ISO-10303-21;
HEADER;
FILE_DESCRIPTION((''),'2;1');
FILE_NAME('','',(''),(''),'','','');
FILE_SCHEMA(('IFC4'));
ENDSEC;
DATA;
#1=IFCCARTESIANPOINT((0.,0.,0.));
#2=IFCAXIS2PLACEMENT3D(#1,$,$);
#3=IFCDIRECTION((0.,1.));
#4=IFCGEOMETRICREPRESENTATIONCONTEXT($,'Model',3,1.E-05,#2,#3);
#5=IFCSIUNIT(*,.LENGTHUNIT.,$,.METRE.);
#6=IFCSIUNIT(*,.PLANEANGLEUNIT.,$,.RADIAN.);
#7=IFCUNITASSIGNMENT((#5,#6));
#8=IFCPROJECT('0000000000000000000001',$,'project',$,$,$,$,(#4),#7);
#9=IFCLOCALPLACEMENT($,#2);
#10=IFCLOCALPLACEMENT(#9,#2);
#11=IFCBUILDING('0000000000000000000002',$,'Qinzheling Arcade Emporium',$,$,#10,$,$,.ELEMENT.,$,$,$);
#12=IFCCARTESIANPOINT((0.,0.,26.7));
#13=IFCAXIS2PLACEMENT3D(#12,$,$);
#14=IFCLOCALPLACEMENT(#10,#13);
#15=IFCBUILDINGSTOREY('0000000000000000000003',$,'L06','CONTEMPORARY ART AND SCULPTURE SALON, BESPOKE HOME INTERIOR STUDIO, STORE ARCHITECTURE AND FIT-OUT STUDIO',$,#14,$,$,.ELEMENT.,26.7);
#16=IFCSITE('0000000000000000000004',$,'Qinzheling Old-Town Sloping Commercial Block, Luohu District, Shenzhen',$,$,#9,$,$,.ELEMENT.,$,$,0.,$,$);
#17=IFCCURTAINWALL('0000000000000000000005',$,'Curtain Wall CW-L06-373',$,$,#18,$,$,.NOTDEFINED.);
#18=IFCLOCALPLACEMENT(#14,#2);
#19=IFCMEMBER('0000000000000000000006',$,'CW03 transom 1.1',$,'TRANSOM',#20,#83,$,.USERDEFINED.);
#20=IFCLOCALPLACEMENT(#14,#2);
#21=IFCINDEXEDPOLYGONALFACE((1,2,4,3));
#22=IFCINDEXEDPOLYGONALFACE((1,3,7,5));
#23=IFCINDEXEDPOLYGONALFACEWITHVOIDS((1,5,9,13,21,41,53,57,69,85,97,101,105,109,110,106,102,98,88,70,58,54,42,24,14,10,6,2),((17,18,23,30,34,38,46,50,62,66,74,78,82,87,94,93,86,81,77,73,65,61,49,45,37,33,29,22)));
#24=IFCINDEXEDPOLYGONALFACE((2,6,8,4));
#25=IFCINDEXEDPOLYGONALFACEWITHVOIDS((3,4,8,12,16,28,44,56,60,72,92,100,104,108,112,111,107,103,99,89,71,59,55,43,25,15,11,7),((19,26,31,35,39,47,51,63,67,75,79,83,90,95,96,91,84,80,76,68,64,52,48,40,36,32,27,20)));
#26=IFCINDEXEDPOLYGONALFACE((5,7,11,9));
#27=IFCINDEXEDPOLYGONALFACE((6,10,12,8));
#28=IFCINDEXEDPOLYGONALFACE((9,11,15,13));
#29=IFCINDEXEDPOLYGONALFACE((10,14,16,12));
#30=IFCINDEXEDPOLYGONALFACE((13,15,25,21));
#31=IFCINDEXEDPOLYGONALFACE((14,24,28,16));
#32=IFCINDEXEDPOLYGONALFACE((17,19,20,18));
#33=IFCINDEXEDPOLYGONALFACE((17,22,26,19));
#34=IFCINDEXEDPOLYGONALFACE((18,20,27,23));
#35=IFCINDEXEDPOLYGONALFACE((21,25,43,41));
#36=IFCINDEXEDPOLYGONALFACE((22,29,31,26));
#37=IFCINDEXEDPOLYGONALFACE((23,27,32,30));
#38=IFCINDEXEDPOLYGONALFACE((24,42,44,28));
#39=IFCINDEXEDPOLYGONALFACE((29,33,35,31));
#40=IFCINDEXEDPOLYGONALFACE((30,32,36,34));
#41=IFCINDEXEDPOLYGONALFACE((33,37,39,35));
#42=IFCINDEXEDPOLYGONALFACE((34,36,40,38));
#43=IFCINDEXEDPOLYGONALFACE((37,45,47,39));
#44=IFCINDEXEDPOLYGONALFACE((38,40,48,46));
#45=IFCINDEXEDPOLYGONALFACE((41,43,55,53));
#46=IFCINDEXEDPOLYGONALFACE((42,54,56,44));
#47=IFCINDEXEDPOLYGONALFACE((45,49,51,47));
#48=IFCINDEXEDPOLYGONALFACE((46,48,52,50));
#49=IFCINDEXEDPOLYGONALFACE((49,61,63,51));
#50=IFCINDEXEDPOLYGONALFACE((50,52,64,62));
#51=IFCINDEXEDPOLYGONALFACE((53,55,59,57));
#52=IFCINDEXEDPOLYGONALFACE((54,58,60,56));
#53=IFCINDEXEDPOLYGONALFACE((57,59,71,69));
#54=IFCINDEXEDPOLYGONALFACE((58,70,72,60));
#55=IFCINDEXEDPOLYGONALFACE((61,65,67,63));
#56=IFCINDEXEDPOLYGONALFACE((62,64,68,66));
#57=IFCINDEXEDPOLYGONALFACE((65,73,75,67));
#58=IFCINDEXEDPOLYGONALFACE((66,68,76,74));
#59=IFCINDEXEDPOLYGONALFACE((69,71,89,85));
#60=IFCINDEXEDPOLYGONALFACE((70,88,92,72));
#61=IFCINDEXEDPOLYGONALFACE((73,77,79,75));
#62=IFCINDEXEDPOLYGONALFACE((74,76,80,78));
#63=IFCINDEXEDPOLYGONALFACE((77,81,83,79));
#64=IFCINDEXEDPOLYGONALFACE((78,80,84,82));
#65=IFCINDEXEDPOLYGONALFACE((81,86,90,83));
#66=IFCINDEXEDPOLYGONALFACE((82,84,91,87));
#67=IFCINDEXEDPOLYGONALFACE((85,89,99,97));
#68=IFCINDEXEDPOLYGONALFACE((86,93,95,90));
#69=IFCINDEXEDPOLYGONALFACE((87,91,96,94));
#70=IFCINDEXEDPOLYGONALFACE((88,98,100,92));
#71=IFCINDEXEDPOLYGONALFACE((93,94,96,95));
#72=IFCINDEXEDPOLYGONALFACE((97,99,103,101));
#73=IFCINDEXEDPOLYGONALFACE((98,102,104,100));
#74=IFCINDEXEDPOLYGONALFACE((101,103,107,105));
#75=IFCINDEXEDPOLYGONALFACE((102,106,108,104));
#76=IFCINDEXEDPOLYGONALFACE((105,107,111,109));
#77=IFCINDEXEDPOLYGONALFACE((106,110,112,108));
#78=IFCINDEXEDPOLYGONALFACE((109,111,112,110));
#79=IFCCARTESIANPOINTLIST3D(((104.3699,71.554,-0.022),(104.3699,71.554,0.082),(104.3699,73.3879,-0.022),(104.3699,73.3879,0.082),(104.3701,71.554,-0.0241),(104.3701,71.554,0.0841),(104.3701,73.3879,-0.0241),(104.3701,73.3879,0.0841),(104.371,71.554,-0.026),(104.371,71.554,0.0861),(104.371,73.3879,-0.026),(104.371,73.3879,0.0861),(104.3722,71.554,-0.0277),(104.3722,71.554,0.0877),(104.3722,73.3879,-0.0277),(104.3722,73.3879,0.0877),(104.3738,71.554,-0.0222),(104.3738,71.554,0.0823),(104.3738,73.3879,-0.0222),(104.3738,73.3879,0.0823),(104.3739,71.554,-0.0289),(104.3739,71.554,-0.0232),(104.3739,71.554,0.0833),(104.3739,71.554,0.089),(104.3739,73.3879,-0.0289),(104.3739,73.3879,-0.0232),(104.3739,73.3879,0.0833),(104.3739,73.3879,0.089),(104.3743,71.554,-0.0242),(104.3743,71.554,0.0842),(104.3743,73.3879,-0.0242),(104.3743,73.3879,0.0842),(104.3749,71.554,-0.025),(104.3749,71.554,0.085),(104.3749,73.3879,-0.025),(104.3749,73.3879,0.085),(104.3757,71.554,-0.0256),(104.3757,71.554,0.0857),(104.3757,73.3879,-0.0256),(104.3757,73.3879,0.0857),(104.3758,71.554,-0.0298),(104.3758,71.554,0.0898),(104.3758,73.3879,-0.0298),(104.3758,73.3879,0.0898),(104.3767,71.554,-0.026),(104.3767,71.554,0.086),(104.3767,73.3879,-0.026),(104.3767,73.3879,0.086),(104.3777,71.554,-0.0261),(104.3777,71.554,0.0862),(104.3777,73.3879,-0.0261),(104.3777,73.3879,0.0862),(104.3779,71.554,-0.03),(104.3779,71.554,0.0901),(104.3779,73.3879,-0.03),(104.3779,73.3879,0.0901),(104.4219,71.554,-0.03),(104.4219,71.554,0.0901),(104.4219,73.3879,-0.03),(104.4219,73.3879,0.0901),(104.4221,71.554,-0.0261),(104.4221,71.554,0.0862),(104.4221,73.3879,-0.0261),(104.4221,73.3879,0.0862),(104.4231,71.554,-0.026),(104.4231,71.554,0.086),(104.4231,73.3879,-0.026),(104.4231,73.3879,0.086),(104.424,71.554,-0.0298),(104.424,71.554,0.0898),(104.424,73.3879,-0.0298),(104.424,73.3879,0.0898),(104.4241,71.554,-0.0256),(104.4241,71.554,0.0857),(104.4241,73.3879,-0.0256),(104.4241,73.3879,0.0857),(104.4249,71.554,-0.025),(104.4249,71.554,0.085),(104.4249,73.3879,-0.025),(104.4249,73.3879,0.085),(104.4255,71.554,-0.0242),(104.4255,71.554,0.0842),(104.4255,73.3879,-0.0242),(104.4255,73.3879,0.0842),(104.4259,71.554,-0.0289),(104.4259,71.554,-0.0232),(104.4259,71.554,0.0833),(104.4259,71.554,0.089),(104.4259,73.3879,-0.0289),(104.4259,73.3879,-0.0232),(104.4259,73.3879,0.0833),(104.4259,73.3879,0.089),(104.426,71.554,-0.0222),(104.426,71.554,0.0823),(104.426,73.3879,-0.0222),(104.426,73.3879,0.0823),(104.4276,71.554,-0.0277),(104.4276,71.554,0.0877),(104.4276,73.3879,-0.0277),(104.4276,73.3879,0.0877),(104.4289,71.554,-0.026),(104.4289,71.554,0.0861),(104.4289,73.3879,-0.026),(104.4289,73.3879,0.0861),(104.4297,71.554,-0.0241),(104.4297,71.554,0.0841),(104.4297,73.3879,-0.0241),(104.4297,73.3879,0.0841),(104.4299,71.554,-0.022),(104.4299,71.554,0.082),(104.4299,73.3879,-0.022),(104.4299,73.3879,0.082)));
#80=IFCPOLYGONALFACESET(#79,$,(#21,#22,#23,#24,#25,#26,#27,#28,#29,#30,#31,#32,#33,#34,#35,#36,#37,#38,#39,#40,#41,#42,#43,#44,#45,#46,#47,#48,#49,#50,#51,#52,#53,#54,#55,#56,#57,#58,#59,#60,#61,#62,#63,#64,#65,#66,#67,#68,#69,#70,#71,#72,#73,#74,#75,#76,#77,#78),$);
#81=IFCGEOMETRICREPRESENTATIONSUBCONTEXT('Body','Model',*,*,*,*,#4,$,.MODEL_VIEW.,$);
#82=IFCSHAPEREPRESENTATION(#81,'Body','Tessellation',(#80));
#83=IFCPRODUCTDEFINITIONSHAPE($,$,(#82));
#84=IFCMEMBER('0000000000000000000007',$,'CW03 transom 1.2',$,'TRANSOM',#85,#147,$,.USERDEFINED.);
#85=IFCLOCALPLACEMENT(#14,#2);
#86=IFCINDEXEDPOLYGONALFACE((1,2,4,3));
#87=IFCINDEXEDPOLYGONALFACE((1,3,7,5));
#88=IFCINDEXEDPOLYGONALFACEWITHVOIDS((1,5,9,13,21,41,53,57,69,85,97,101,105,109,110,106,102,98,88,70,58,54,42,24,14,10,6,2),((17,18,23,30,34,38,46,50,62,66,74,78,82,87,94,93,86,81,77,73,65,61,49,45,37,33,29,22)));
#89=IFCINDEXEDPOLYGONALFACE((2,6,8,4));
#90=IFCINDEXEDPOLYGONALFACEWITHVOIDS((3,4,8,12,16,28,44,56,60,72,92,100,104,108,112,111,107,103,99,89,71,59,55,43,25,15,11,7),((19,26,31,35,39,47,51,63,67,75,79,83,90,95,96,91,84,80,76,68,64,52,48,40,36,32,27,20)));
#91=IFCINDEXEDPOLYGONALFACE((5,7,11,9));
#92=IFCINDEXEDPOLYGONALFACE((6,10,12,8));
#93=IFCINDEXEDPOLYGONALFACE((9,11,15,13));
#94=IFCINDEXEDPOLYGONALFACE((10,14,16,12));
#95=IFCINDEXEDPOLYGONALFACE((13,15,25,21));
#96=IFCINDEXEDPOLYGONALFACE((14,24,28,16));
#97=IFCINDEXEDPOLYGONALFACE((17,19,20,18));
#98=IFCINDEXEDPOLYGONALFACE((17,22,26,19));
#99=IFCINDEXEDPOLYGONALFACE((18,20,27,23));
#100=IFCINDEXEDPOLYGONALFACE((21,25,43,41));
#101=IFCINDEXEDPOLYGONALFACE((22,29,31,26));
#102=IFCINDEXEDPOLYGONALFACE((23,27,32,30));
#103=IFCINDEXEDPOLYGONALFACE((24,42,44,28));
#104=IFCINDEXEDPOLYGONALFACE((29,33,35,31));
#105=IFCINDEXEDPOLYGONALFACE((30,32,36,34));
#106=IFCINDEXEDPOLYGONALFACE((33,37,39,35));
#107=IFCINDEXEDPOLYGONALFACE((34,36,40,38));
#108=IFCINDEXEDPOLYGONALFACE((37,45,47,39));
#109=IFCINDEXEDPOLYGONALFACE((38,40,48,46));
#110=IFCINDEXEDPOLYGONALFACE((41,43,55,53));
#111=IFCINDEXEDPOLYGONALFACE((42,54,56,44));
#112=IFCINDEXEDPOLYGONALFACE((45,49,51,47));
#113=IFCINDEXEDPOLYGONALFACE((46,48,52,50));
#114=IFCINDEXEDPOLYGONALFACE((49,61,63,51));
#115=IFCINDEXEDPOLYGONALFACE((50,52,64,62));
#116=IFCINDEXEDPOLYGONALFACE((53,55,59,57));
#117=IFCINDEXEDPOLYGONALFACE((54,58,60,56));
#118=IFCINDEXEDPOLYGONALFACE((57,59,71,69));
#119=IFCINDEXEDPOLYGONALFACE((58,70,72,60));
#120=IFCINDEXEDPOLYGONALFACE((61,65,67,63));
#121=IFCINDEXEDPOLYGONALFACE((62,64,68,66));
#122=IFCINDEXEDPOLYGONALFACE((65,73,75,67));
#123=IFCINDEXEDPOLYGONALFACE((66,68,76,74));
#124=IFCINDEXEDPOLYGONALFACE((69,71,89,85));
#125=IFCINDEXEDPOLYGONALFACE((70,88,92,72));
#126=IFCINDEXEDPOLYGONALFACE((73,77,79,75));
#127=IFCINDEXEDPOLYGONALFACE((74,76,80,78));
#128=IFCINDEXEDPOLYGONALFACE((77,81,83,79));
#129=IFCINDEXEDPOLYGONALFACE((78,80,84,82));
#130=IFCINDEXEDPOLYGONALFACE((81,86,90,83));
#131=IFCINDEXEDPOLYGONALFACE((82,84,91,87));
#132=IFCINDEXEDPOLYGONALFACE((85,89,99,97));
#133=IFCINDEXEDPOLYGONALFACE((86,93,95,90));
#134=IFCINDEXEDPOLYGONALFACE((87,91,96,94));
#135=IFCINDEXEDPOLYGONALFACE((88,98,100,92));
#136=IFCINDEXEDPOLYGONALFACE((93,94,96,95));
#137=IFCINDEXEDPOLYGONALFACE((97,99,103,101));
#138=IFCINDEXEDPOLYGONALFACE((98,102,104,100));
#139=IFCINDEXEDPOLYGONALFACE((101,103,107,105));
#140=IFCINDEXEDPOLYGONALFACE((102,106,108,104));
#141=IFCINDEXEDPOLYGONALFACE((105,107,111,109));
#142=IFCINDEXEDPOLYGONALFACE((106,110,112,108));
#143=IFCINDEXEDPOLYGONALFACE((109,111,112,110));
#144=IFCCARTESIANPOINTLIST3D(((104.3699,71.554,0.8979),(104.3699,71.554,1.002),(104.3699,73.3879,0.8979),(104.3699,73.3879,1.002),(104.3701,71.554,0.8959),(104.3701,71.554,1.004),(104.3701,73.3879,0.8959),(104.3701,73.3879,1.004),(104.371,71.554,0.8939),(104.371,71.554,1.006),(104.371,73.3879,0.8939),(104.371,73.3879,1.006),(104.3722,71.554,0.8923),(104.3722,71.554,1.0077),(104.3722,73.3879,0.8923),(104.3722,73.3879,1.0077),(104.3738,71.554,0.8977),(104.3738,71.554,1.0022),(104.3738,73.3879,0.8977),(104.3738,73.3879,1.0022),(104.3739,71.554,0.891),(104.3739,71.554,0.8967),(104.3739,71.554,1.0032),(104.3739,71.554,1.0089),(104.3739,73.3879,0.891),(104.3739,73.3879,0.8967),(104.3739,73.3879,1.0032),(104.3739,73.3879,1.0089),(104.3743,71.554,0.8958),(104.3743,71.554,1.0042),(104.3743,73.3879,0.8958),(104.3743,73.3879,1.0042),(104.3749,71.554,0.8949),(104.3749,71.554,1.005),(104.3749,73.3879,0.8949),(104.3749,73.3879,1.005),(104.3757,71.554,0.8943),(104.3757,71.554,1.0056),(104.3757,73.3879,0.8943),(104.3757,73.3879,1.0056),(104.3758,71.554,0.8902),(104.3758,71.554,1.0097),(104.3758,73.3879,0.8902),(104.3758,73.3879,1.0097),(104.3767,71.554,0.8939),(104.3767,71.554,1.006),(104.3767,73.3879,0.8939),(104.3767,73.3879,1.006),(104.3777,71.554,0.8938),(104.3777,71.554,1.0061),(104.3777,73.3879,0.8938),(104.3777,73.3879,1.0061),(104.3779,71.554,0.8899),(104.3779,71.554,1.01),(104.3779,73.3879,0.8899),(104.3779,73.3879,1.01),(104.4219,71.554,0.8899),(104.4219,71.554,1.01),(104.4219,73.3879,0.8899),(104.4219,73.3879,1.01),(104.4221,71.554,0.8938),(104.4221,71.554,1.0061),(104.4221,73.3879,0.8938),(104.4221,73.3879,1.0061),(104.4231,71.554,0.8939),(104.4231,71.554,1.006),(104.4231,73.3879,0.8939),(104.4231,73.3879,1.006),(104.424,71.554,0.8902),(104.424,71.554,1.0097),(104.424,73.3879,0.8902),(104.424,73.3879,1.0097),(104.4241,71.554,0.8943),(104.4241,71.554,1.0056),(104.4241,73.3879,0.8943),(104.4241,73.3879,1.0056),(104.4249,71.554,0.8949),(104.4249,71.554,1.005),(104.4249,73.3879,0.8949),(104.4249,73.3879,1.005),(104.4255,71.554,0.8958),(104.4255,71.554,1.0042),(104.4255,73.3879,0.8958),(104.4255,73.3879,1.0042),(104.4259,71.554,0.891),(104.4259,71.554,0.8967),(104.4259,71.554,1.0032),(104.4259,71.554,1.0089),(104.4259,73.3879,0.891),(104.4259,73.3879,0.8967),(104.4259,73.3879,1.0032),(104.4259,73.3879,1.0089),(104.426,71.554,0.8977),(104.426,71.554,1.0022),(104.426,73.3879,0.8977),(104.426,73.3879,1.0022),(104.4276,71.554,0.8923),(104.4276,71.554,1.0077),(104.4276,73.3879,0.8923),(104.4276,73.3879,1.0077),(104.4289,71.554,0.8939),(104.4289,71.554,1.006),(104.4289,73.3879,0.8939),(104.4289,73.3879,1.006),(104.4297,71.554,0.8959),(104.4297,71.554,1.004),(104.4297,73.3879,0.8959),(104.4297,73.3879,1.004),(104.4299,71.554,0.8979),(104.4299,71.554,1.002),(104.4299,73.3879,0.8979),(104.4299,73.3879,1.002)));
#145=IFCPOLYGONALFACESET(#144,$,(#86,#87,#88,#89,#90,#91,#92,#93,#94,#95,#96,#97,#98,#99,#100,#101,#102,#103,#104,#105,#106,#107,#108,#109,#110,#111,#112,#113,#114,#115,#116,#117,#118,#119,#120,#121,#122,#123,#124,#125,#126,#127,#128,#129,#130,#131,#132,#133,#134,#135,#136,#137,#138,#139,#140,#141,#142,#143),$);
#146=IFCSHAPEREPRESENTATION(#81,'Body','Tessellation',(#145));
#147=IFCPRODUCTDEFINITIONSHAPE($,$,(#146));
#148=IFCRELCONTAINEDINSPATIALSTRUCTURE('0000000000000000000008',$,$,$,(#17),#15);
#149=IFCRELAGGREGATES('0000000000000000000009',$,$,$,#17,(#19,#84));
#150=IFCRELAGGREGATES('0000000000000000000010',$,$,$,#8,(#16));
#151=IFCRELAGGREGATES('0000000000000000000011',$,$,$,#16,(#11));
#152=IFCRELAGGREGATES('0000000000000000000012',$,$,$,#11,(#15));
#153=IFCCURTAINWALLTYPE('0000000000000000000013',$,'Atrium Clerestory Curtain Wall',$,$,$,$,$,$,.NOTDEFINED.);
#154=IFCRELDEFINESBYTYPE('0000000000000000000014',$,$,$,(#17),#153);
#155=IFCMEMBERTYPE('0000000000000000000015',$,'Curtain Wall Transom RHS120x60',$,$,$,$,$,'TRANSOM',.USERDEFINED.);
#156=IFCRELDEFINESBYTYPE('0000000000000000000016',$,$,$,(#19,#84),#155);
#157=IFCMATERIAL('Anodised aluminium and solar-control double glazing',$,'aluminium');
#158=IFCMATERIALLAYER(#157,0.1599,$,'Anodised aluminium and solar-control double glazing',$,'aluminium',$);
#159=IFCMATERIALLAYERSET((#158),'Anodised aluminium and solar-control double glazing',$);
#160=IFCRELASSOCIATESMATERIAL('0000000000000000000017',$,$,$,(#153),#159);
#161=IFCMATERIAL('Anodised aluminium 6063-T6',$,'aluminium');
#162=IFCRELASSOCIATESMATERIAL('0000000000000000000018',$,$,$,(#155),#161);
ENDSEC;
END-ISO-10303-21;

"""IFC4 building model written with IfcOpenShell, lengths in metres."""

from ifc_helpers import new_model, si_unit, direction, frame, origin, origin_2d, place, context, subcontext, project, spatial, hollow_rectangle, extrude, material, layer, layer_set, material_profile, profile_set, type_object, element, aggregate, save


model = new_model("IFC4")

# Units and contexts
model_context = context("Model", 3, precision=1e-05, world=origin(), true_north=direction((0.0, 1.0)))
body_context = subcontext(model_context, "Body", "Model", "MODEL_VIEW")
ifc_project = project(units=[si_unit("LENGTHUNIT", "METRE"), si_unit("PLANEANGLEUNIT", "RADIAN")], contexts=[model_context])

# Site, building, storey
site_placement = place(None, origin())
site = spatial("IfcSite", under=ifc_project, at=site_placement, Name="Qinzheling Old-Town Sloping Commercial Block, Luohu District, Shenzhen", CompositionType="ELEMENT", RefElevation=0.0)
building_placement = place(site_placement, origin())
building = spatial("IfcBuilding", under=site, at=building_placement, Name="Qinzheling Arcade Emporium", CompositionType="ELEMENT")
storey_placement = place(building_placement, frame((0.0, 0.0, 26.7)))
storey = spatial("IfcBuildingStorey", under=building, at=storey_placement, Name="L06", Description="CONTEMPORARY ART AND SCULPTURE SALON, BESPOKE HOME INTERIOR STUDIO, STORE ARCHITECTURE AND FIT-OUT STUDIO", CompositionType="ELEMENT", Elevation=26.7)

# Curtain wall, members
ifc_material_1 = material(Name="Anodised aluminium and solar-control double glazing", Category="aluminium")
ifc_layer_1 = layer(ifc_material_1, 0.1599, Name="Anodised aluminium and solar-control double glazing", Category="aluminium")
ifc_layer_set_1 = layer_set([ifc_layer_1], Name="Anodised aluminium and solar-control double glazing")
curtain_wall_type = type_object("IfcCurtainWallType", Name="Atrium Clerestory Curtain Wall", PredefinedType="NOTDEFINED", material=ifc_layer_set_1)
curtain_wall_placement = place(storey_placement, origin())
curtain_wall = element("IfcCurtainWall", 1, at=curtain_wall_placement, inside=storey, type_object=curtain_wall_type, Name="Curtain Wall CW-L06-373", PredefinedType="NOTDEFINED")
ifc_material_2 = material(Name="Anodised aluminium 6063-T6", Category="aluminium")
ifc_material_profile_1 = material_profile(ifc_material_2, hollow_rectangle(XDim=0.0601, YDim=0.1201, WallThickness=0.0039, InnerFilletRadius=0.0039, OuterFilletRadius=0.0081, at=origin_2d()), Name="RHS 120x60x4", Category="aluminium")
ifc_profile_set_1 = profile_set([ifc_material_profile_1], Name="Anodised aluminium 6063-T6")
member_type_1 = type_object("IfcMemberType", Name="Curtain Wall Transom RHS120x60", ElementType="TRANSOM", PredefinedType="USERDEFINED", material=ifc_profile_set_1)
member_1_placement = place(storey_placement, frame((104.3999, 73.3879, 0.03), z_axis=(0.0, -1.0, 0.0), x_axis=(1.0, 0.0, 0.0)))
member_1 = element("IfcMember", 2, at=member_1_placement, type_object=member_type_1, Name="CW03 transom 1.1", ObjectType="TRANSOM", PredefinedType="USERDEFINED", context=body_context, shape_type="SweptSolid", body=[
    extrude(hollow_rectangle(XDim=0.0601, YDim=0.1201, WallThickness=0.0039, InnerFilletRadius=0.0039, OuterFilletRadius=0.0081, at=origin_2d()), origin(), (0.0, 0.0, 1.0), 1.834),
])
member_2_placement = place(storey_placement, frame((104.3999, 73.3879, 0.95), z_axis=(0.0, -1.0, 0.0), x_axis=(1.0, 0.0, 0.0)))
member_2 = element("IfcMember", 3, at=member_2_placement, type_object=member_type_1, Name="CW03 transom 1.2", ObjectType="TRANSOM", PredefinedType="USERDEFINED", context=body_context, shape_type="SweptSolid", body=[
    extrude(hollow_rectangle(XDim=0.0601, YDim=0.1201, WallThickness=0.0039, InnerFilletRadius=0.0039, OuterFilletRadius=0.0081, at=origin_2d()), origin(), (0.0, 0.0, 1.0), 1.834),
])
aggregate(curtain_wall, [member_1, member_2])

save(model, "model.ifc")
